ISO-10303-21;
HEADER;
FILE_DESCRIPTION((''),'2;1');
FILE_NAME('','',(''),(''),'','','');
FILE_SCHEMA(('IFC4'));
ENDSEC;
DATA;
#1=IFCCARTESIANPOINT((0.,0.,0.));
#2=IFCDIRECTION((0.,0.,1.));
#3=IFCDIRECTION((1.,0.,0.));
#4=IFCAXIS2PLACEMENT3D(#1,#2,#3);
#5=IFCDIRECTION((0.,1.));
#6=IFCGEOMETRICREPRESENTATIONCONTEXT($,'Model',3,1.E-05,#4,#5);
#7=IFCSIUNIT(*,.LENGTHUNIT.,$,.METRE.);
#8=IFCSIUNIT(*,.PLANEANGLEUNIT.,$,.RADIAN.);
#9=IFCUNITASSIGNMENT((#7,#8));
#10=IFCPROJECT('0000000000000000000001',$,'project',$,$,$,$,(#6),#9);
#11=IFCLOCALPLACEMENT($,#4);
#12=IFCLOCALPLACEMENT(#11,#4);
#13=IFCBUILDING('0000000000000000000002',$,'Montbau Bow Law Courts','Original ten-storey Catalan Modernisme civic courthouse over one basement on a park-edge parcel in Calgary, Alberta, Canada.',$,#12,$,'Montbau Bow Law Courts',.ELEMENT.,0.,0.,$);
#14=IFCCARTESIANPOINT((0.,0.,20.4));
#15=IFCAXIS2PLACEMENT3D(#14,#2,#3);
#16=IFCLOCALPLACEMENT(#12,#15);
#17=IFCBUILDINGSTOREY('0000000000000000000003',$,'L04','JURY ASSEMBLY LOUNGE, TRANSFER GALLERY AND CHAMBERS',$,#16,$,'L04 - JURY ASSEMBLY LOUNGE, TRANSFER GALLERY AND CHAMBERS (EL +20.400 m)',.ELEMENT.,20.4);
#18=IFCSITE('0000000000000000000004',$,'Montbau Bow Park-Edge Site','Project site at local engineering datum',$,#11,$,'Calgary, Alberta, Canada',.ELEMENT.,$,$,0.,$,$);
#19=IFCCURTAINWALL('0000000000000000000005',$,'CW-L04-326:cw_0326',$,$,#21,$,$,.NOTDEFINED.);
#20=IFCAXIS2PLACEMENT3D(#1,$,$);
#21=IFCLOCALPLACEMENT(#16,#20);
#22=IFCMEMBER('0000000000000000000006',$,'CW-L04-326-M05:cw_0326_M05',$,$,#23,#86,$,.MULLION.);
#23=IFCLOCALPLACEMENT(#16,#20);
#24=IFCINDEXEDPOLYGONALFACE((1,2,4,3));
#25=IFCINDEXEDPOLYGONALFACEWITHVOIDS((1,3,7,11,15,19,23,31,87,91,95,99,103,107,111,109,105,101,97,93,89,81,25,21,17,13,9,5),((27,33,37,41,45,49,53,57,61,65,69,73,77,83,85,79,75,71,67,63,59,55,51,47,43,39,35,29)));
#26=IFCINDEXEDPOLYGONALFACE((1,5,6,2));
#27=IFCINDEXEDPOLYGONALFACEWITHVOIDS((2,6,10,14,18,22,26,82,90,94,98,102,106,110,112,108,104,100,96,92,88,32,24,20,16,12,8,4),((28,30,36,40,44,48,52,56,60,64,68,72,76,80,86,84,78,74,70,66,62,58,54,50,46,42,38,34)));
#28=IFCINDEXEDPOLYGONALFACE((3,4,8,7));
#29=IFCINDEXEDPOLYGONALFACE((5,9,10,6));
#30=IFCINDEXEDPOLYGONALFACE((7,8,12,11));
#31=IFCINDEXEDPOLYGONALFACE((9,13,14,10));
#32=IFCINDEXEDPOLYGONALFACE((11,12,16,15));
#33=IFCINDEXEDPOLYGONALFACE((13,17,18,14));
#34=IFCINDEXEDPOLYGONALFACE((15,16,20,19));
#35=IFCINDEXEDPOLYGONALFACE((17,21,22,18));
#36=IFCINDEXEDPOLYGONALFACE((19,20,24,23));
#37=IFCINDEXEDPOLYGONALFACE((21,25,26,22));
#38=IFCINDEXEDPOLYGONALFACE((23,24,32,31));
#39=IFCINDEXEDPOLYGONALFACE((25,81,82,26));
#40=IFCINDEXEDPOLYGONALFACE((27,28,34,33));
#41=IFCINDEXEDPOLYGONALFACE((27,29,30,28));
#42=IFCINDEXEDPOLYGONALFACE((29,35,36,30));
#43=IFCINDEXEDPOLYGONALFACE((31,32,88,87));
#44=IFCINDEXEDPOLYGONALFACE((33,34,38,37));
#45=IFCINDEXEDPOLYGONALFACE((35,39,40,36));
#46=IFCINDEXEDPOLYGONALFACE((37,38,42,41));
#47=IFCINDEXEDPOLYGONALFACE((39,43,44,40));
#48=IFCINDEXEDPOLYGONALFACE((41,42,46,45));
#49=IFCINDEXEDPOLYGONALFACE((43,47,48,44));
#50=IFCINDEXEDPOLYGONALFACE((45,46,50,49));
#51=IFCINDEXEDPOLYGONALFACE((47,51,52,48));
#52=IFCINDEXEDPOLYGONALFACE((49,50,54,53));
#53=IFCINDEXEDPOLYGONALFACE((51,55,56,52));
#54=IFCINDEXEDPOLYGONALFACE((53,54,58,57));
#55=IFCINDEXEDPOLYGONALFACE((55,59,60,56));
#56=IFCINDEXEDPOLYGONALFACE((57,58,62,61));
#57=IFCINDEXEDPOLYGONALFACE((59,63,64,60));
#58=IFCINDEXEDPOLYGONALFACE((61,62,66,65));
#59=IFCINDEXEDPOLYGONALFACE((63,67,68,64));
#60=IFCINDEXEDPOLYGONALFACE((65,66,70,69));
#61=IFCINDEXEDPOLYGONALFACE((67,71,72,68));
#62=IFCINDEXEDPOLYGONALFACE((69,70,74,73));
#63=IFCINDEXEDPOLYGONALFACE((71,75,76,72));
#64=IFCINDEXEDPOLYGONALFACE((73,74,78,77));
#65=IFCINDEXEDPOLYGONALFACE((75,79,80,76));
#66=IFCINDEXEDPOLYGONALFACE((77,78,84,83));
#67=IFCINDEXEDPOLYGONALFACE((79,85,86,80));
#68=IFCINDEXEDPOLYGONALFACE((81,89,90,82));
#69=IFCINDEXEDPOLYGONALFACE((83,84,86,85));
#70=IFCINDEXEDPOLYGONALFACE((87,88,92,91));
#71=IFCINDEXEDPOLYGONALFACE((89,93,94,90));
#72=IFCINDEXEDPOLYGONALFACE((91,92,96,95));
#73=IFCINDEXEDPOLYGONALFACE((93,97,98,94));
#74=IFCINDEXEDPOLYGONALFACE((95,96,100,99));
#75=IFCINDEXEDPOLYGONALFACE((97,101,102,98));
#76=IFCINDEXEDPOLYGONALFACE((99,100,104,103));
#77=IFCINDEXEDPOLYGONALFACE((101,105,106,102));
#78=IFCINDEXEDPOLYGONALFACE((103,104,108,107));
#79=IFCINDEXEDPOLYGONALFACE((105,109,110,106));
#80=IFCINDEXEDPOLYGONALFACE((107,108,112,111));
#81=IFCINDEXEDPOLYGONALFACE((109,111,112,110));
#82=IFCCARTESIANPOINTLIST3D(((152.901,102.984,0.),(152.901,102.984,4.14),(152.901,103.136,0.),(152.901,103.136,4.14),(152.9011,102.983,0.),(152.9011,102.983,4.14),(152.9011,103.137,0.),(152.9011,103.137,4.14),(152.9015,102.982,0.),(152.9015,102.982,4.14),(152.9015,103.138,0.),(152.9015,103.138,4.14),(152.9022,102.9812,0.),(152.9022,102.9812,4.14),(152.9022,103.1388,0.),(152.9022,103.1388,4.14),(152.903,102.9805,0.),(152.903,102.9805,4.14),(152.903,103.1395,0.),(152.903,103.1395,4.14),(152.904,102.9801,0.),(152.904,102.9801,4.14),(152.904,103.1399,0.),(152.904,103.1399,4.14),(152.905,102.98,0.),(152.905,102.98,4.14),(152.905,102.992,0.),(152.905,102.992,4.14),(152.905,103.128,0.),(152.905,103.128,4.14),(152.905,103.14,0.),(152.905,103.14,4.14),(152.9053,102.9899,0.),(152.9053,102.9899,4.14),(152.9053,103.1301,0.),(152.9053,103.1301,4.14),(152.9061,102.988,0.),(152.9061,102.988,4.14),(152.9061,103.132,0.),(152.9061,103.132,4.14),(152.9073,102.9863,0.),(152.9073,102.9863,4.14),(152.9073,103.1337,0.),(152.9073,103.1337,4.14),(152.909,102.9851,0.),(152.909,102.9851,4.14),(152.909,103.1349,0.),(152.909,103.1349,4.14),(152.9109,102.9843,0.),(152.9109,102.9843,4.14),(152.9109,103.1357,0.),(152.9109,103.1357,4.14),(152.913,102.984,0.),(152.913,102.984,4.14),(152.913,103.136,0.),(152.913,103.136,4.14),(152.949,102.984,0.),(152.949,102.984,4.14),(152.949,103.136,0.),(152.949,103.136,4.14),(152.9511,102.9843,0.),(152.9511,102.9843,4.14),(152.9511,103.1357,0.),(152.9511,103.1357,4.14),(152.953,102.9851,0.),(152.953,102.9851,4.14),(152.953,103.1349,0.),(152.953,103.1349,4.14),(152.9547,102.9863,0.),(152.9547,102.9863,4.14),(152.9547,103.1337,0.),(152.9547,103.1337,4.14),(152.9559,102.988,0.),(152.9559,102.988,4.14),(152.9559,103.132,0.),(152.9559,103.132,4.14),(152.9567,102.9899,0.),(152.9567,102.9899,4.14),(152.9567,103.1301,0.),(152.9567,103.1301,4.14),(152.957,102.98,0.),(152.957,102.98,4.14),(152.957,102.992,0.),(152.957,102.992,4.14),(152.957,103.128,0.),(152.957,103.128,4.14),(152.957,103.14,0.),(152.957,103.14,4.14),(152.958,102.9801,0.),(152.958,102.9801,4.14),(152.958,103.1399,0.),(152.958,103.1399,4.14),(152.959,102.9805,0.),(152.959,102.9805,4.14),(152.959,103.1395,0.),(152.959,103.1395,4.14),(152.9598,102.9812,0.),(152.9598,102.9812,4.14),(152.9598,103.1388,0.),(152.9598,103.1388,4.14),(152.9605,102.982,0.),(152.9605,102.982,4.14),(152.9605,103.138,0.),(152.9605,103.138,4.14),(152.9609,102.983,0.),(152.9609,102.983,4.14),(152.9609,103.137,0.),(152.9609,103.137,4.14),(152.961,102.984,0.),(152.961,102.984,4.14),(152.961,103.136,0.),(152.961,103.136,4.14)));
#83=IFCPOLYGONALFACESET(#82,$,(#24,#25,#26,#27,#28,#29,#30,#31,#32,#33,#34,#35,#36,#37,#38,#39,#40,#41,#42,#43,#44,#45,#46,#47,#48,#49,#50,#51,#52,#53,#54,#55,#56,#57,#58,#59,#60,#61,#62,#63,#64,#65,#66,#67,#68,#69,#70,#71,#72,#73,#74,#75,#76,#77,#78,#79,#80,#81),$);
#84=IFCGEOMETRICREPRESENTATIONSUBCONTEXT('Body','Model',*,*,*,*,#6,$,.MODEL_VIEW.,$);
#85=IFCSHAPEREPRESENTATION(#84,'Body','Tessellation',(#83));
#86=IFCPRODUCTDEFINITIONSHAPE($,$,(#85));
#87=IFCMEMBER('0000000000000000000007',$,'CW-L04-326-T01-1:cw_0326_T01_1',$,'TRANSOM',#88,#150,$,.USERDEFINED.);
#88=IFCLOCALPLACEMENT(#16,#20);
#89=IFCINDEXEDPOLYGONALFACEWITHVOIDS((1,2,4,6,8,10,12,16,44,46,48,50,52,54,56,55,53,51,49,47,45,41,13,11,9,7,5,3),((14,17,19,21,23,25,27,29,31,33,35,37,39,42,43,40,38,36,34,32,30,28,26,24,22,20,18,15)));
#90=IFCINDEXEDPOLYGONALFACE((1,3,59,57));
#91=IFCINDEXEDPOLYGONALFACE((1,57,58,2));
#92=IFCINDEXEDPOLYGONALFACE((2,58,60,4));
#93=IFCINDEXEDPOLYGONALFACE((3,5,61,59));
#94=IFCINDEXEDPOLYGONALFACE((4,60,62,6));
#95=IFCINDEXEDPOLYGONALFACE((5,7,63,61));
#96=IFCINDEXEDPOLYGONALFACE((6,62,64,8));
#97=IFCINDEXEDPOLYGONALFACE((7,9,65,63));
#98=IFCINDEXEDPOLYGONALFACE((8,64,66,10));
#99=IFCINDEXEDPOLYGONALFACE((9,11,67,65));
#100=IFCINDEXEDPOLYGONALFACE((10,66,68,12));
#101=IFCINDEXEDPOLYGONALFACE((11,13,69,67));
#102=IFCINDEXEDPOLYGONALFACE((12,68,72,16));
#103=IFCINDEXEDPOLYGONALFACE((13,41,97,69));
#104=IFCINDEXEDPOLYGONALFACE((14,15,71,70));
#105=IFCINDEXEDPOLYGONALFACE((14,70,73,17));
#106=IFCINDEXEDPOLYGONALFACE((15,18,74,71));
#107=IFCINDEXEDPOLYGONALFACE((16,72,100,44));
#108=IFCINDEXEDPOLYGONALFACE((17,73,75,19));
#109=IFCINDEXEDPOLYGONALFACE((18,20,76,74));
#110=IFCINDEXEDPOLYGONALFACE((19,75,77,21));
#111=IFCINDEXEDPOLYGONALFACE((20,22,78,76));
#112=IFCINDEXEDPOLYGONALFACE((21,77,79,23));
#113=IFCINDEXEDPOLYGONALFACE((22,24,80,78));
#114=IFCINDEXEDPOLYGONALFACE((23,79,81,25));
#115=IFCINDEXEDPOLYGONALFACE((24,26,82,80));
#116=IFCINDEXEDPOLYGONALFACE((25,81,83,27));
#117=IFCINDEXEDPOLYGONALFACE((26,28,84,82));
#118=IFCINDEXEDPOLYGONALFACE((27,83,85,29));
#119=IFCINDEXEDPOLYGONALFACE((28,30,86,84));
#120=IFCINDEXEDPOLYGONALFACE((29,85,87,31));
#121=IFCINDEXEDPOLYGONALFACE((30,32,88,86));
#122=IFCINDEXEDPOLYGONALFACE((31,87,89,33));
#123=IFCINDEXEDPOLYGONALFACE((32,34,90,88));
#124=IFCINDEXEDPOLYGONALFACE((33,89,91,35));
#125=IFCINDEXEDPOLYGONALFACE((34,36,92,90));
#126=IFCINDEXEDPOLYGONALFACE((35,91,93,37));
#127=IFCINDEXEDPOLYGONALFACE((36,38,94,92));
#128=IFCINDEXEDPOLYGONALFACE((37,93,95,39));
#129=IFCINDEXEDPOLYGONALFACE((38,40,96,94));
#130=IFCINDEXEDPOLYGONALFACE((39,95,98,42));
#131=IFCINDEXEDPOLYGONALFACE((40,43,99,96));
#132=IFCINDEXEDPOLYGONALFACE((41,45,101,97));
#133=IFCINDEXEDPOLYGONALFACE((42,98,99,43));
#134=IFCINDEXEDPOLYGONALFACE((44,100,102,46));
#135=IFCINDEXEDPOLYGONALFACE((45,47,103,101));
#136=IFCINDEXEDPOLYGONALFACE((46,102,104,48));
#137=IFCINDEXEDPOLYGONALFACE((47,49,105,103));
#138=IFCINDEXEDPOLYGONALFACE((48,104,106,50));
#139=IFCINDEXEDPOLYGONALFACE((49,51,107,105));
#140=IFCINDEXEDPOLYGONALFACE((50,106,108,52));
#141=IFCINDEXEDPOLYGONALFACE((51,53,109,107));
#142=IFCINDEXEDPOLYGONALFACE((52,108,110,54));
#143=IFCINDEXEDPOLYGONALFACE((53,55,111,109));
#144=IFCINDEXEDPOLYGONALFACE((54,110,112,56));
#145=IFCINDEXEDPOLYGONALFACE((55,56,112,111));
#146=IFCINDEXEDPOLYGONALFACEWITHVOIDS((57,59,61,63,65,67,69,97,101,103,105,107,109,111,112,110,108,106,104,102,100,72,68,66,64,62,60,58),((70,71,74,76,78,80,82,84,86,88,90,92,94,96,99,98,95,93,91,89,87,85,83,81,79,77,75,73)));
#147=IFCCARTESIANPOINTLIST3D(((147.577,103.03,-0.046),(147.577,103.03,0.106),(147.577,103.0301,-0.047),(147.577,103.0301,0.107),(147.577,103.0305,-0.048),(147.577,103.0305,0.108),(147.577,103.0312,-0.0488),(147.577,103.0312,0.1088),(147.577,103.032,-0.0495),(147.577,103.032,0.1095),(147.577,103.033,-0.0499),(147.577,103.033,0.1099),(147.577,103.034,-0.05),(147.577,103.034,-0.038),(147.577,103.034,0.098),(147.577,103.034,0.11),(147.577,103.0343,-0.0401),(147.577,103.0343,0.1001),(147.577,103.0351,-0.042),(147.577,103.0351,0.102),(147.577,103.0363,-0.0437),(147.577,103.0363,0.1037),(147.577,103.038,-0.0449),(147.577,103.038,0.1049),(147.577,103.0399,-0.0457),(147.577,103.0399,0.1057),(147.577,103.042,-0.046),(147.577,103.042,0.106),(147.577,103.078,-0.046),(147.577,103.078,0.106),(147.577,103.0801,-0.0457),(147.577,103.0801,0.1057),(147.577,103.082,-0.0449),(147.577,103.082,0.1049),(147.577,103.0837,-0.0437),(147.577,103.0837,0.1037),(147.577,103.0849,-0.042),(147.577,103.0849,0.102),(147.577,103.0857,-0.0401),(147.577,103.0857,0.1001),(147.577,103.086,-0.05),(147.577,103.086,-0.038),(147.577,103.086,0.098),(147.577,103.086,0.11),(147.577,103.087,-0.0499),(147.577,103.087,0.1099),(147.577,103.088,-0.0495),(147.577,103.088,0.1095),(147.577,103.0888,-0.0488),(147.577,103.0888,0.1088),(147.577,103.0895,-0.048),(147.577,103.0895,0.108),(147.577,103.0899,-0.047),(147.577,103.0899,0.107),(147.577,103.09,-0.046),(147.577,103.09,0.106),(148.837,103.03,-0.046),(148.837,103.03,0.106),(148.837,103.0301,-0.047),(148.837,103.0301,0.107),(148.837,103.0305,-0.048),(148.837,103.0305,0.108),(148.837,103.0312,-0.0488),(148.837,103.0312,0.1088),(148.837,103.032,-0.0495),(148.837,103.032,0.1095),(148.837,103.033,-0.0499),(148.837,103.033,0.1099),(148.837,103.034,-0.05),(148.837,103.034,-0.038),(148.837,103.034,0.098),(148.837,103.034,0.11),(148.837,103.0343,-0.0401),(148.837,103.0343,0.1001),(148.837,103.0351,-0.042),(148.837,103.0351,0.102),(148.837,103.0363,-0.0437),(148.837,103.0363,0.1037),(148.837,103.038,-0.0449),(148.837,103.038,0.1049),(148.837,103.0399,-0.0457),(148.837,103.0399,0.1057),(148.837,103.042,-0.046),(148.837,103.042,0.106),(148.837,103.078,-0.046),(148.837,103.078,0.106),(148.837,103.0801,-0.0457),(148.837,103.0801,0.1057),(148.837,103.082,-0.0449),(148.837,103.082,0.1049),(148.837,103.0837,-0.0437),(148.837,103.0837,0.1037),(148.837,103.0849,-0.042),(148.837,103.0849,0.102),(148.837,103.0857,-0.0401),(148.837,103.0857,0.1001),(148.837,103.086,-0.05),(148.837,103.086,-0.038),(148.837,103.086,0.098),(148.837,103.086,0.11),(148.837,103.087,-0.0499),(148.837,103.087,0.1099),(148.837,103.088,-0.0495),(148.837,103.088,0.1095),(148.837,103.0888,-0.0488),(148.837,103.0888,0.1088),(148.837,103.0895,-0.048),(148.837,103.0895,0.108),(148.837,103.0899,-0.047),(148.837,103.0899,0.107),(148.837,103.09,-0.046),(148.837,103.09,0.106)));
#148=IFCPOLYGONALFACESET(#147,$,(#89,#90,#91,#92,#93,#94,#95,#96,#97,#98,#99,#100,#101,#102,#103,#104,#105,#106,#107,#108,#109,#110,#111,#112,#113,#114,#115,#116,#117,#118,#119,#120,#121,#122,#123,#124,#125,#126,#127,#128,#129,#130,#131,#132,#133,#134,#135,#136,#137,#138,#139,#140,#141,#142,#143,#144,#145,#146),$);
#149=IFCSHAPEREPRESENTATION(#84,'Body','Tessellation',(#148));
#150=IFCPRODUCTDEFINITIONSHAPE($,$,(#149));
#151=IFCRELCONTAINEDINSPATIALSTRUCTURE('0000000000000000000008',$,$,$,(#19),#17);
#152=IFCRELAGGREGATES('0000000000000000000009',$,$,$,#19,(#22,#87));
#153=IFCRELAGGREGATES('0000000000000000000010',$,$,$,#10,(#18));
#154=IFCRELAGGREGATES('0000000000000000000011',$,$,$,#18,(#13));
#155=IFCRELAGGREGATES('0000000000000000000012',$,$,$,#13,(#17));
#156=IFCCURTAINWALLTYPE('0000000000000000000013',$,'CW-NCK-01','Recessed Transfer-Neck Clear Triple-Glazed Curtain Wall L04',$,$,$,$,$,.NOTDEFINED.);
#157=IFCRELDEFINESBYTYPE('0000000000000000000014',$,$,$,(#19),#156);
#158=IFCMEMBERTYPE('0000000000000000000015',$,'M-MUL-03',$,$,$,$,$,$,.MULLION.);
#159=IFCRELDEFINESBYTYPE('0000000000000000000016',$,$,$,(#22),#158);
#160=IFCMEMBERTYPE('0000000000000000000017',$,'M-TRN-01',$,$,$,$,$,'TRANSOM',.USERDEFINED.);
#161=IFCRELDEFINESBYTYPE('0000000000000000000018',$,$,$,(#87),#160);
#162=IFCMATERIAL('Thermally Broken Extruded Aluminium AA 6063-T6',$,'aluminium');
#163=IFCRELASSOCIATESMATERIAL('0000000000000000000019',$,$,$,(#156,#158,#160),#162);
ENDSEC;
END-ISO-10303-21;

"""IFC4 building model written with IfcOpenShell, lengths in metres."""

from ifc_helpers import new_model, si_unit, direction, frame, origin_with_axes, origin_2d_with_axis, place, context, subcontext, project, spatial, hollow_rectangle, extrude, material, material_profile, profile_set, type_object, element, aggregate, save


model = new_model("IFC4")

# Units and contexts
model_context = context("Model", 3, precision=1e-05, world=origin_with_axes(), true_north=direction((0.0, 1.0)))
body_context = subcontext(model_context, "Body", "Model", "MODEL_VIEW")
ifc_project = project(units=[si_unit("LENGTHUNIT", "METRE"), si_unit("PLANEANGLEUNIT", "RADIAN")], contexts=[model_context])

# Site, building, storey
site_placement = place(None, origin_with_axes())
site = spatial("IfcSite", under=ifc_project, at=site_placement, Name="Montbau Bow Park-Edge Site", Description="Project site at local engineering datum", LongName="Calgary, Alberta, Canada", CompositionType="ELEMENT", RefElevation=0.0)
building_placement = place(site_placement, origin_with_axes())
building = spatial("IfcBuilding", under=site, at=building_placement, Name="Montbau Bow Law Courts", Description="Original ten-storey Catalan Modernisme civic courthouse over one basement on a park-edge parcel in Calgary, Alberta, Canada.", LongName="Montbau Bow Law Courts", CompositionType="ELEMENT", ElevationOfRefHeight=0.0, ElevationOfTerrain=0.0)
storey_placement = place(building_placement, frame((0.0, 0.0, 20.4), z_axis=(0.0, 0.0, 1.0), x_axis=(1.0, 0.0, 0.0)))
storey = spatial("IfcBuildingStorey", under=building, at=storey_placement, Name="L04", Description="JURY ASSEMBLY LOUNGE, TRANSFER GALLERY AND CHAMBERS", LongName="L04 - JURY ASSEMBLY LOUNGE, TRANSFER GALLERY AND CHAMBERS (EL +20.400 m)", CompositionType="ELEMENT", Elevation=20.4)

# Curtain wall, members
ifc_material_1 = material(Name="Thermally Broken Extruded Aluminium AA 6063-T6", Category="aluminium")
curtain_wall_type = type_object("IfcCurtainWallType", Name="CW-NCK-01", Description="Recessed Transfer-Neck Clear Triple-Glazed Curtain Wall L04", PredefinedType="NOTDEFINED", material=ifc_material_1)
curtain_wall_placement = place(None, frame((147.515, 103.06, 20.4), z_axis=(0.0, 0.0, 1.0), x_axis=(1.0, 0.0, 0.0)))
curtain_wall = element("IfcCurtainWall", 1, at=curtain_wall_placement, inside=storey, type_object=curtain_wall_type, Name="CW-L04-326:cw_0326", PredefinedType="NOTDEFINED")
ifc_material_profile_1 = material_profile(ifc_material_1, hollow_rectangle(XDim=0.06, YDim=0.16, WallThickness=0.004, InnerFilletRadius=0.008, OuterFilletRadius=0.004, at=origin_2d_with_axis()), Name="CWM-160X60", Category="Main", Priority=0)
ifc_profile_set_1 = profile_set([ifc_material_profile_1], Name="Thermally Broken Extruded Aluminium AA 6063-T6")
member_type_1 = type_object("IfcMemberType", Name="M-MUL-03", PredefinedType="MULLION", material=ifc_profile_set_1)
member_1_placement = place(None, frame((152.931, 103.06, 20.4), z_axis=(0.0, 0.0, 1.0), x_axis=(1.0, 0.0, 0.0)))
member_1 = element("IfcMember", 2, at=member_1_placement, type_object=member_type_1, Name="CW-L04-326-M05:cw_0326_M05", PredefinedType="MULLION", context=body_context, shape_type="SweptSolid", body=[
    extrude(hollow_rectangle(XDim=0.06, YDim=0.16, WallThickness=0.004, InnerFilletRadius=0.008, OuterFilletRadius=0.004, at=origin_2d_with_axis()), origin_with_axes(), (0.0, 0.0, 1.0), 4.14),
])
ifc_material_profile_2 = material_profile(ifc_material_1, hollow_rectangle(XDim=0.06, YDim=0.16, WallThickness=0.004, InnerFilletRadius=0.008, OuterFilletRadius=0.004, at=origin_2d_with_axis()), Name="CWT-160X60", Category="Main", Priority=0)
ifc_profile_set_2 = profile_set([ifc_material_profile_2], Name="Thermally Broken Extruded Aluminium AA 6063-T6")
member_type_2 = type_object("IfcMemberType", Name="M-TRN-01", ElementType="TRANSOM", PredefinedType="USERDEFINED", material=ifc_profile_set_2)
member_2_placement = place(None, frame((147.577, 103.06, 20.43), z_axis=(1.0, 0.0, 0.0), x_axis=(0.0, 1.0, 0.0)))
member_2 = element("IfcMember", 3, at=member_2_placement, type_object=member_type_2, Name="CW-L04-326-T01-1:cw_0326_T01_1", ObjectType="TRANSOM", PredefinedType="USERDEFINED", context=body_context, shape_type="SweptSolid", body=[
    extrude(hollow_rectangle(XDim=0.06, YDim=0.16, WallThickness=0.004, InnerFilletRadius=0.008, OuterFilletRadius=0.004, at=origin_2d_with_axis()), origin_with_axes(), (0.0, 0.0, 1.0), 1.26),
])
aggregate(curtain_wall, [member_1, member_2])

save(model, "model.ifc")
